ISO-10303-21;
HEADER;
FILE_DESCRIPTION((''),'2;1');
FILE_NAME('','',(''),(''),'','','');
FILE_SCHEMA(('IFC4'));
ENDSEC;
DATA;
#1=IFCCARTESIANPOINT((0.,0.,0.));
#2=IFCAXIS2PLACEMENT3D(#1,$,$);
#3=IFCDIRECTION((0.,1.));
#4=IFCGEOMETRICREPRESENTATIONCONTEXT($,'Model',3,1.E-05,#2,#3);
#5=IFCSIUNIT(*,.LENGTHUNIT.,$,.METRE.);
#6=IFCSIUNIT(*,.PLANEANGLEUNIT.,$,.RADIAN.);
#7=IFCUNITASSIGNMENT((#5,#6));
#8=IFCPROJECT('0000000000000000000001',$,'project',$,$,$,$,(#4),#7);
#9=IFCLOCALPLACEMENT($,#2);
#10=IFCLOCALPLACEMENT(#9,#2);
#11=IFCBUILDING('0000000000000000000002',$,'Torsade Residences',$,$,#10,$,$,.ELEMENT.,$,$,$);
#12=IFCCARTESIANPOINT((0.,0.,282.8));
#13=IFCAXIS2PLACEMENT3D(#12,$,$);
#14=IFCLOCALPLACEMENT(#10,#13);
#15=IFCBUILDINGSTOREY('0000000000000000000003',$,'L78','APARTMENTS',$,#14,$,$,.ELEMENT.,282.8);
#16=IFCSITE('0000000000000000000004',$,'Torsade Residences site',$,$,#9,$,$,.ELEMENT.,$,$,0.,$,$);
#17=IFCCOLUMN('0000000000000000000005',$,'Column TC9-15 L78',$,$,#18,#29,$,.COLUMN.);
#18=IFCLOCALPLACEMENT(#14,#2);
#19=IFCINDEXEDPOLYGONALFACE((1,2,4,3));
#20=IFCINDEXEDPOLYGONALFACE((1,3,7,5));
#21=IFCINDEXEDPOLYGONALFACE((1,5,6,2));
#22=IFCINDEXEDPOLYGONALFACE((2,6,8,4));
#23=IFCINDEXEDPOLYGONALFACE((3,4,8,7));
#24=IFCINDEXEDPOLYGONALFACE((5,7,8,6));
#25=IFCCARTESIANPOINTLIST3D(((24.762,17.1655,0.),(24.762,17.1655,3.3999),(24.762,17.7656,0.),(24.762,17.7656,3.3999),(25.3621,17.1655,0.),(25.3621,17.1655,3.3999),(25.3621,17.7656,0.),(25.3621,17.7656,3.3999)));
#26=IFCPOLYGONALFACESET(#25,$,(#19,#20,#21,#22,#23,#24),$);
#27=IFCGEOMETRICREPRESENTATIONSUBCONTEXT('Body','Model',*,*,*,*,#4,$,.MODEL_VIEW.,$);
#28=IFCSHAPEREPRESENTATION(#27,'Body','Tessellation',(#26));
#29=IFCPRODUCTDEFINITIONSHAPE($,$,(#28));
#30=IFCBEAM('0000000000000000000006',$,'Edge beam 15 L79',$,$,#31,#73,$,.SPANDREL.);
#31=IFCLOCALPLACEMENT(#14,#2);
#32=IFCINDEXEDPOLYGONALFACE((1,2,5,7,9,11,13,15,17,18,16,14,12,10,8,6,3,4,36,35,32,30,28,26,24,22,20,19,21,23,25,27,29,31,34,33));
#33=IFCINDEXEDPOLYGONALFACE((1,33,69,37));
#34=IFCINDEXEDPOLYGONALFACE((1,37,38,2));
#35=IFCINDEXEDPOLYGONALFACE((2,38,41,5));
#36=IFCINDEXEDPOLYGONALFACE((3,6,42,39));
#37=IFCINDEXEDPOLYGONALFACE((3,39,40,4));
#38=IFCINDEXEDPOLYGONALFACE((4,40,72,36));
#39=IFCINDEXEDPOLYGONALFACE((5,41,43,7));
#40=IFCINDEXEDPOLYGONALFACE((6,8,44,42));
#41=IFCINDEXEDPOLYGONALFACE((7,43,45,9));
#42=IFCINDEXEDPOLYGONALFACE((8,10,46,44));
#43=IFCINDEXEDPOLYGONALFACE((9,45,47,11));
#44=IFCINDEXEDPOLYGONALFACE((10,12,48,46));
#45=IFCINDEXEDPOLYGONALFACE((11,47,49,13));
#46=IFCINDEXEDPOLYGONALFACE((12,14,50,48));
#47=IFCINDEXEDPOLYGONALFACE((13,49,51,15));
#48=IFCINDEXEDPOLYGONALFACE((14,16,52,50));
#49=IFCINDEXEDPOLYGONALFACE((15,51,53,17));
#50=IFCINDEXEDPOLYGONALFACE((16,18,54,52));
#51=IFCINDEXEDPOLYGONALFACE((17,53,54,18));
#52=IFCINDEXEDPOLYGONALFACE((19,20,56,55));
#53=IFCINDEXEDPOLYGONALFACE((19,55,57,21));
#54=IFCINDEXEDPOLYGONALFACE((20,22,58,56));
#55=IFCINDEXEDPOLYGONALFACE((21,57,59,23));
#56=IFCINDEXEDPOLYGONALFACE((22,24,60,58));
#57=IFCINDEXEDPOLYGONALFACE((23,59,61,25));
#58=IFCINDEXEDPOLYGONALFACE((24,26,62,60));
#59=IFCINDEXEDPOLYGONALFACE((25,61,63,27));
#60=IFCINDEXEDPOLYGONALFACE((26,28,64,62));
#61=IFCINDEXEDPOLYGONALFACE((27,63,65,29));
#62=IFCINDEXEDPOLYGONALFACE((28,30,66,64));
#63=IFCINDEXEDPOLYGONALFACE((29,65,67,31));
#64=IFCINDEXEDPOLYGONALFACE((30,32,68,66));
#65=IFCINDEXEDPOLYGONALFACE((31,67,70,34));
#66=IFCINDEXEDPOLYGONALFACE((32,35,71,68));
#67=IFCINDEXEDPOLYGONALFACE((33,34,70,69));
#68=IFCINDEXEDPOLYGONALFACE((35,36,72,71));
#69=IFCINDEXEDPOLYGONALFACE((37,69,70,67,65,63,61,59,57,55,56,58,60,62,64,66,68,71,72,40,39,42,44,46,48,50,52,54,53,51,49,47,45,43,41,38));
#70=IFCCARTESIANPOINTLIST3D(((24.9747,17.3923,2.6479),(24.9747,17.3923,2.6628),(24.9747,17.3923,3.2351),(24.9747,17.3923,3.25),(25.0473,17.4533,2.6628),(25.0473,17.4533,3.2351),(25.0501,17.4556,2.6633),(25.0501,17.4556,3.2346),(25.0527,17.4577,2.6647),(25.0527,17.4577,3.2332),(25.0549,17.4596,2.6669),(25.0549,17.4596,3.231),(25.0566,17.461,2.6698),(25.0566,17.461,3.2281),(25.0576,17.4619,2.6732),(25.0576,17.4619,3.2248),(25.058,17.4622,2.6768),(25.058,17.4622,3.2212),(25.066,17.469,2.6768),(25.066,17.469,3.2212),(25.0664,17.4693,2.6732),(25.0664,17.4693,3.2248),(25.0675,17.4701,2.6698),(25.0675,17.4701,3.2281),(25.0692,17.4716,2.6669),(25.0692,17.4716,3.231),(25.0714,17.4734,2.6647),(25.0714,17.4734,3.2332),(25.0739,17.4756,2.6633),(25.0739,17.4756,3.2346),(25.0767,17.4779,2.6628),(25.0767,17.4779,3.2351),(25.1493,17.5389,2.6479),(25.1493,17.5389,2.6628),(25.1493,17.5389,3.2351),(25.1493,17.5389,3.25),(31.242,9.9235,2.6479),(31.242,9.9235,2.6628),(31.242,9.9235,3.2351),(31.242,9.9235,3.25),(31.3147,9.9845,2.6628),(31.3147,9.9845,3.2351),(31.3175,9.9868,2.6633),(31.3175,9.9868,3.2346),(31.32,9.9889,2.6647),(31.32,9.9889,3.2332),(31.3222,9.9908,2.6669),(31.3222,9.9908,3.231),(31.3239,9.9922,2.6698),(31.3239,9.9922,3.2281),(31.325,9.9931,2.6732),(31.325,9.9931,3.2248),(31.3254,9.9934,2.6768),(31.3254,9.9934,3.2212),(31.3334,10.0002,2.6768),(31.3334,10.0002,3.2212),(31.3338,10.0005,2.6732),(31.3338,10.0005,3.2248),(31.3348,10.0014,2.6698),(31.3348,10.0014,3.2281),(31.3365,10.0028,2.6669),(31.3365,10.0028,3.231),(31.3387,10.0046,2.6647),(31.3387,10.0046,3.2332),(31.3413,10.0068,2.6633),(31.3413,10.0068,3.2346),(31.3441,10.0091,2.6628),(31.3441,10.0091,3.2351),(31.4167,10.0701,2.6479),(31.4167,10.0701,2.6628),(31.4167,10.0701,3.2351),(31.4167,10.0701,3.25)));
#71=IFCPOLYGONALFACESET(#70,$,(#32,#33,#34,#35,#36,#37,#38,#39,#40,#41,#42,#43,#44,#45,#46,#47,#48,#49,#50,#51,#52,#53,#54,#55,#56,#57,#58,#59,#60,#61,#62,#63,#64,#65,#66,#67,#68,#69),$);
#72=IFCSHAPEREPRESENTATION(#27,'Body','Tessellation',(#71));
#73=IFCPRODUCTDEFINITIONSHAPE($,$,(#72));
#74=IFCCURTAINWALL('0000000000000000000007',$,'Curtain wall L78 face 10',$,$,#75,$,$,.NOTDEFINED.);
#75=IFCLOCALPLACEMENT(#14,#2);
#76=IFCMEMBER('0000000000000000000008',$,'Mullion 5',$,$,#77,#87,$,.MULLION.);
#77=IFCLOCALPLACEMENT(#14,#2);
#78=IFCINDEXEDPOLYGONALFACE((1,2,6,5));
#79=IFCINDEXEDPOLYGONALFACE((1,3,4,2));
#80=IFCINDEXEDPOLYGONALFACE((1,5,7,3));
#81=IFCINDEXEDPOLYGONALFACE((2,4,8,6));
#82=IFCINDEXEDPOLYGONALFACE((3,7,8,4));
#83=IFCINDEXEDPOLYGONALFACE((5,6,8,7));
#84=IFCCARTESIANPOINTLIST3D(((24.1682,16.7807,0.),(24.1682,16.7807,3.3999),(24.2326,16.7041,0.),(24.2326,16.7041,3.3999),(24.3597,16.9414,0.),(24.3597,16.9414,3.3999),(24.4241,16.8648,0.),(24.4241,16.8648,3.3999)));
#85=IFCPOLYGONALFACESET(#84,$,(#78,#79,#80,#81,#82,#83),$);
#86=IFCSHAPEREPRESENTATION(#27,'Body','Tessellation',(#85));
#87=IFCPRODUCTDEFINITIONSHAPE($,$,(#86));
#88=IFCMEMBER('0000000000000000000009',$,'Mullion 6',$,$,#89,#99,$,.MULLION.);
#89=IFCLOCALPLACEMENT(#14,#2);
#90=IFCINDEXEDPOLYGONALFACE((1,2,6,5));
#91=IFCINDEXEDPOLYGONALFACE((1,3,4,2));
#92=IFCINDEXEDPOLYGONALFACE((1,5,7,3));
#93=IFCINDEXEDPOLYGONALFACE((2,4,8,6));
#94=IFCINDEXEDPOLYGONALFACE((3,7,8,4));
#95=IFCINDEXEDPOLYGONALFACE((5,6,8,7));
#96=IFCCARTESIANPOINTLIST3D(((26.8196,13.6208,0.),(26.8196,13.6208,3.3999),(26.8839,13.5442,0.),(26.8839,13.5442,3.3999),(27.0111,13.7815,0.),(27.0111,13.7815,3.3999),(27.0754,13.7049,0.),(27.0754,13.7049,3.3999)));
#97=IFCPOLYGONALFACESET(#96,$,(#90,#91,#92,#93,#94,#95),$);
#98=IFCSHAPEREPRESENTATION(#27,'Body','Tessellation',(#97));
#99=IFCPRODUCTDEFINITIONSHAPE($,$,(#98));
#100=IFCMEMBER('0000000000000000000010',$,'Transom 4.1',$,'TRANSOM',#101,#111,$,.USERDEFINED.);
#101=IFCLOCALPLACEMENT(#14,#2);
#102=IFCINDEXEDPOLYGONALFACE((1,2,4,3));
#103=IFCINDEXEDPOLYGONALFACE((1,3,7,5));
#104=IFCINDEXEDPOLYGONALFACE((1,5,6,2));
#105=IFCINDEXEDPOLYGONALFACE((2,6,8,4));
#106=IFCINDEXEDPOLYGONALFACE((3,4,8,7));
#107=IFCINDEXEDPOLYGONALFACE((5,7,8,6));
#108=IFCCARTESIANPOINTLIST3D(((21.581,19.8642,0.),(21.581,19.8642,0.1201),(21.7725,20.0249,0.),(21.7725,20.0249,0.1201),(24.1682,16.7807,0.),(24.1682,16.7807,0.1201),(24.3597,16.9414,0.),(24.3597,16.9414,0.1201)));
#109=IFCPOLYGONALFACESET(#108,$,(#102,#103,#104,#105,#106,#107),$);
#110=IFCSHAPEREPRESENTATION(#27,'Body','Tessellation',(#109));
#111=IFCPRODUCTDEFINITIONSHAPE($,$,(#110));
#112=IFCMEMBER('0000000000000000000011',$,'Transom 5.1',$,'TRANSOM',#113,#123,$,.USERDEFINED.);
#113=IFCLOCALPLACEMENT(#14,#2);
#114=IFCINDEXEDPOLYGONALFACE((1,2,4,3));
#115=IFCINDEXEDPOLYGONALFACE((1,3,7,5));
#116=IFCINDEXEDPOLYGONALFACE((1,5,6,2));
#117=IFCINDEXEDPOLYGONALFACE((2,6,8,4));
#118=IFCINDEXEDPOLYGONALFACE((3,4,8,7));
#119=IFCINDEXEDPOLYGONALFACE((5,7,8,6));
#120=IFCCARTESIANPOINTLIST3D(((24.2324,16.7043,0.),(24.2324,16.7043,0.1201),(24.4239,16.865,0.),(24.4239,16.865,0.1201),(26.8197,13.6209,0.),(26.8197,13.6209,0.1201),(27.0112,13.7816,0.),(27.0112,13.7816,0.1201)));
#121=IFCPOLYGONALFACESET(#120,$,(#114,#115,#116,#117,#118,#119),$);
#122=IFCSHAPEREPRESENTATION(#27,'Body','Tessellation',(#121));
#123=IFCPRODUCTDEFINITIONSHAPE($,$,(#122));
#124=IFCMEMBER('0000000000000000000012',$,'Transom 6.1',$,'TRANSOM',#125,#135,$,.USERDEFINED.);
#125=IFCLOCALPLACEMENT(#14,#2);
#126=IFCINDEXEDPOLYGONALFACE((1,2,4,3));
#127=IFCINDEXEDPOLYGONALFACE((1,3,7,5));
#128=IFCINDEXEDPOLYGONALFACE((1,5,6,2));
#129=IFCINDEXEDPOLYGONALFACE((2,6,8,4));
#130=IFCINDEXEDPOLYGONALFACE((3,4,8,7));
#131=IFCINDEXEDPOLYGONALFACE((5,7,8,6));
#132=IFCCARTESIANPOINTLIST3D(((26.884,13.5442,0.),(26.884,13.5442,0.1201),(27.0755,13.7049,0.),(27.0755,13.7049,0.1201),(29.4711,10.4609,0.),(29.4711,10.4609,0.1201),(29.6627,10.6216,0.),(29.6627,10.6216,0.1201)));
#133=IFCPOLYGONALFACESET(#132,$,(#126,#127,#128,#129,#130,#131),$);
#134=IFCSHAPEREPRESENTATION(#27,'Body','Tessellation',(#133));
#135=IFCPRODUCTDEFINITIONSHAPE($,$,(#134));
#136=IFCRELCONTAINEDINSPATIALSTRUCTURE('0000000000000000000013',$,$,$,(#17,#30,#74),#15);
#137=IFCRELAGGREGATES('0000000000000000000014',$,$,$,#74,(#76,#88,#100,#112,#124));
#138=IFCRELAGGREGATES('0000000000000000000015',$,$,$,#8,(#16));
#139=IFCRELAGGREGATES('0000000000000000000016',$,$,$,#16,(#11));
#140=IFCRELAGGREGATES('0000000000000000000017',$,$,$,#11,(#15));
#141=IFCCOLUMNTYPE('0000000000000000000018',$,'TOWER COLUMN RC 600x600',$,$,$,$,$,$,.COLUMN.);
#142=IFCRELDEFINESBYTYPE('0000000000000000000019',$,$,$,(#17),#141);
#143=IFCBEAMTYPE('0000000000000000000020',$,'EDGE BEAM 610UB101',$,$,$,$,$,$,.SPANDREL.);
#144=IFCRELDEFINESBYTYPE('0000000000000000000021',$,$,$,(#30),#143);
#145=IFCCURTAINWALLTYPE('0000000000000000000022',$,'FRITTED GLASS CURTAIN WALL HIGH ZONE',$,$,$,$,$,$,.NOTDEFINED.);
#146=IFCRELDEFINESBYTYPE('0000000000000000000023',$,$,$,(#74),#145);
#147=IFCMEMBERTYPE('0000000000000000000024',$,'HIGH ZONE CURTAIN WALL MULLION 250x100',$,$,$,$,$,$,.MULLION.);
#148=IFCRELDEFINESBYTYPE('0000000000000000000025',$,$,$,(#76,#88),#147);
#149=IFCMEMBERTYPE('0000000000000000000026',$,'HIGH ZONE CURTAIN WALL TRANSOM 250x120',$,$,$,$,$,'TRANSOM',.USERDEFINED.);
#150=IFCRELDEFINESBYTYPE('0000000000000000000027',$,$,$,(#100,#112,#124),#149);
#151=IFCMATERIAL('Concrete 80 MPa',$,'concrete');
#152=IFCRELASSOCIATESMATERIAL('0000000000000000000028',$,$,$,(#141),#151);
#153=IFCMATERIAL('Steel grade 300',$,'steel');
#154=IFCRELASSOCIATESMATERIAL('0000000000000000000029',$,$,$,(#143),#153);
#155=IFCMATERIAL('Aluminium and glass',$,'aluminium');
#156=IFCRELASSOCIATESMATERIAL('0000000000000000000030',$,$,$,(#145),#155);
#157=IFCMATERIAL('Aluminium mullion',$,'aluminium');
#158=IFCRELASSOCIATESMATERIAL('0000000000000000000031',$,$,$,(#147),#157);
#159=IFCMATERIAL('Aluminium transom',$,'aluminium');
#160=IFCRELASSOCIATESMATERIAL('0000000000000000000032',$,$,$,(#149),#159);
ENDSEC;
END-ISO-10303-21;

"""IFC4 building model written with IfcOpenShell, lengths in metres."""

from ifc_helpers import new_model, si_unit, direction, frame, origin, origin_2d, place, context, subcontext, project, spatial, rectangle, i_section, extrude, material, material_profile, profile_set, type_object, element, aggregate, save


model = new_model("IFC4")

# Units and contexts
model_context = context("Model", 3, precision=1e-05, world=origin(), true_north=direction((0.0, 1.0)))
body_context = subcontext(model_context, "Body", "Model", "MODEL_VIEW")
ifc_project = project(units=[si_unit("LENGTHUNIT", "METRE"), si_unit("PLANEANGLEUNIT", "RADIAN")], contexts=[model_context])

# Site, building, storey
site_placement = place(None, origin())
site = spatial("IfcSite", under=ifc_project, at=site_placement, Name="Torsade Residences site", CompositionType="ELEMENT", RefElevation=0.0)
building_placement = place(site_placement, origin())
building = spatial("IfcBuilding", under=site, at=building_placement, Name="Torsade Residences", CompositionType="ELEMENT")
storey_placement = place(building_placement, frame((0.0, 0.0, 282.8)))
storey = spatial("IfcBuildingStorey", under=building, at=storey_placement, Name="L78", Description="APARTMENTS", CompositionType="ELEMENT", Elevation=282.8)

# Column
ifc_material_1 = material(Name="Concrete 80 MPa", Category="concrete")
ifc_material_profile_1 = material_profile(ifc_material_1, rectangle(XDim=0.6001, YDim=0.6001, at=origin_2d()), Name="RC 600x600")
ifc_profile_set_1 = profile_set([ifc_material_profile_1], Name="Concrete 80 MPa")
column_type = type_object("IfcColumnType", Name="TOWER COLUMN RC 600x600", PredefinedType="COLUMN", material=ifc_profile_set_1)
column_placement = place(storey_placement, frame((25.062, 17.4656, 0.0), z_axis=(0.0, 0.0, 1.0), x_axis=(1.0, 0.0, 0.0)))
element("IfcColumn", 1, at=column_placement, inside=storey, type_object=column_type, Name="Column TC9-15 L78", PredefinedType="COLUMN", context=body_context, shape_type="SweptSolid", body=[
    extrude(rectangle(XDim=0.6001, YDim=0.6001, at=origin_2d()), origin(), (0.0, 0.0, 1.0), 3.3999),
])

# Beam
ifc_material_2 = material(Name="Steel grade 300", Category="steel")
ifc_material_profile_2 = material_profile(ifc_material_2, i_section(OverallWidth=0.228, OverallDepth=0.6021, WebThickness=0.0105, FlangeThickness=0.0149, FilletRadius=0.0139, at=origin_2d()), Name="610UB101")
ifc_profile_set_2 = profile_set([ifc_material_profile_2], Name="Steel grade 300")
beam_type = type_object("IfcBeamType", Name="EDGE BEAM 610UB101", PredefinedType="SPANDREL", material=ifc_profile_set_2)
beam_placement = place(storey_placement, frame((25.062, 17.4656, 2.949), z_axis=(0.642806, -0.766029, 0.0), x_axis=(0.766029, 0.642806, 0.0)))
element("IfcBeam", 2, at=beam_placement, inside=storey, type_object=beam_type, Name="Edge beam 15 L79", PredefinedType="SPANDREL", context=body_context, shape_type="SweptSolid", body=[
    extrude(i_section(OverallWidth=0.228, OverallDepth=0.6021, WebThickness=0.0105, FlangeThickness=0.0149, FilletRadius=0.0139, at=origin_2d()), origin(), (0.0, 0.0, 1.0), 9.75),
])

# Curtain wall, members
ifc_material_3 = material(Name="Aluminium and glass", Category="aluminium")
curtain_wall_type = type_object("IfcCurtainWallType", Name="FRITTED GLASS CURTAIN WALL HIGH ZONE", PredefinedType="NOTDEFINED", material=ifc_material_3)
curtain_wall_placement = place(storey_placement, origin())
curtain_wall = element("IfcCurtainWall", 3, at=curtain_wall_placement, inside=storey, type_object=curtain_wall_type, Name="Curtain wall L78 face 10", PredefinedType="NOTDEFINED")
ifc_material_4 = material(Name="Aluminium mullion", Category="aluminium")
ifc_material_profile_3 = material_profile(ifc_material_4, rectangle(XDim=0.25, YDim=0.1001, at=origin_2d()), Name="HIGH ZONE CURTAIN WALL MULLION 250x100")
ifc_profile_set_3 = profile_set([ifc_material_profile_3], Name="Aluminium mullion")
member_type_1 = type_object("IfcMemberType", Name="HIGH ZONE CURTAIN WALL MULLION 250x100", PredefinedType="MULLION", material=ifc_profile_set_3)
member_1_placement = place(storey_placement, frame((24.2961, 16.8228, 0.0), z_axis=(0.0, 0.0, 1.0), x_axis=(0.766044, 0.642788, 0.0)))
member_1 = element("IfcMember", 4, at=member_1_placement, type_object=member_type_1, Name="Mullion 5", PredefinedType="MULLION", context=body_context, shape_type="SweptSolid", body=[
    extrude(rectangle(XDim=0.25, YDim=0.1001, at=origin_2d()), origin(), (0.0, 0.0, 1.0), 3.3999),
])
member_2_placement = place(storey_placement, frame((26.9475, 13.6628, 0.0), z_axis=(0.0, 0.0, 1.0), x_axis=(0.766044, 0.642788, 0.0)))
member_2 = element("IfcMember", 5, at=member_2_placement, type_object=member_type_1, Name="Mullion 6", PredefinedType="MULLION", context=body_context, shape_type="SweptSolid", body=[
    extrude(rectangle(XDim=0.25, YDim=0.1001, at=origin_2d()), origin(), (0.0, 0.0, 1.0), 3.3999),
])
ifc_material_5 = material(Name="Aluminium transom", Category="aluminium")
ifc_material_profile_4 = material_profile(ifc_material_5, rectangle(XDim=0.25, YDim=0.1201, at=origin_2d()), Name="HIGH ZONE CURTAIN WALL TRANSOM 250x120")
ifc_profile_set_4 = profile_set([ifc_material_profile_4], Name="Aluminium transom")
member_type_2 = type_object("IfcMemberType", Name="HIGH ZONE CURTAIN WALL TRANSOM 250x120", ElementType="TRANSOM", PredefinedType="USERDEFINED", material=ifc_profile_set_4)
member_3_placement = place(storey_placement, frame((21.6768, 19.9446, 0.0601), z_axis=(0.642758, -0.766069, 0.0), x_axis=(0.766069, 0.642758, 0.0)))
member_3 = element("IfcMember", 6, at=member_3_placement, type_object=member_type_2, Name="Transom 4.1", ObjectType="TRANSOM", PredefinedType="USERDEFINED", context=body_context, shape_type="SweptSolid", body=[
    extrude(rectangle(XDim=0.25, YDim=0.1201, at=origin_2d()), origin(), (0.0, 0.0, 1.0), 4.0251),
])
member_4_placement = place(storey_placement, frame((24.3281, 16.7847, 0.0601), z_axis=(0.642794, -0.766039, 0.0), x_axis=(0.766039, 0.642794, 0.0)))
member_4 = element("IfcMember", 7, at=member_4_placement, type_object=member_type_2, Name="Transom 5.1", ObjectType="TRANSOM", PredefinedType="USERDEFINED", context=body_context, shape_type="SweptSolid", body=[
    extrude(rectangle(XDim=0.25, YDim=0.1201, at=origin_2d()), origin(), (0.0, 0.0, 1.0), 4.0251),
])
member_5_placement = place(storey_placement, frame((26.9797, 13.6245, 0.0601), z_axis=(0.642788, -0.766044, 0.0), x_axis=(0.766044, 0.642788, 0.0)))
member_5 = element("IfcMember", 8, at=member_5_placement, type_object=member_type_2, Name="Transom 6.1", ObjectType="TRANSOM", PredefinedType="USERDEFINED", context=body_context, shape_type="SweptSolid", body=[
    extrude(rectangle(XDim=0.25, YDim=0.1201, at=origin_2d()), origin(), (0.0, 0.0, 1.0), 4.0249),
])

aggregate(curtain_wall, [member_1, member_2, member_3, member_4, member_5])

save(model, "model.ifc")
